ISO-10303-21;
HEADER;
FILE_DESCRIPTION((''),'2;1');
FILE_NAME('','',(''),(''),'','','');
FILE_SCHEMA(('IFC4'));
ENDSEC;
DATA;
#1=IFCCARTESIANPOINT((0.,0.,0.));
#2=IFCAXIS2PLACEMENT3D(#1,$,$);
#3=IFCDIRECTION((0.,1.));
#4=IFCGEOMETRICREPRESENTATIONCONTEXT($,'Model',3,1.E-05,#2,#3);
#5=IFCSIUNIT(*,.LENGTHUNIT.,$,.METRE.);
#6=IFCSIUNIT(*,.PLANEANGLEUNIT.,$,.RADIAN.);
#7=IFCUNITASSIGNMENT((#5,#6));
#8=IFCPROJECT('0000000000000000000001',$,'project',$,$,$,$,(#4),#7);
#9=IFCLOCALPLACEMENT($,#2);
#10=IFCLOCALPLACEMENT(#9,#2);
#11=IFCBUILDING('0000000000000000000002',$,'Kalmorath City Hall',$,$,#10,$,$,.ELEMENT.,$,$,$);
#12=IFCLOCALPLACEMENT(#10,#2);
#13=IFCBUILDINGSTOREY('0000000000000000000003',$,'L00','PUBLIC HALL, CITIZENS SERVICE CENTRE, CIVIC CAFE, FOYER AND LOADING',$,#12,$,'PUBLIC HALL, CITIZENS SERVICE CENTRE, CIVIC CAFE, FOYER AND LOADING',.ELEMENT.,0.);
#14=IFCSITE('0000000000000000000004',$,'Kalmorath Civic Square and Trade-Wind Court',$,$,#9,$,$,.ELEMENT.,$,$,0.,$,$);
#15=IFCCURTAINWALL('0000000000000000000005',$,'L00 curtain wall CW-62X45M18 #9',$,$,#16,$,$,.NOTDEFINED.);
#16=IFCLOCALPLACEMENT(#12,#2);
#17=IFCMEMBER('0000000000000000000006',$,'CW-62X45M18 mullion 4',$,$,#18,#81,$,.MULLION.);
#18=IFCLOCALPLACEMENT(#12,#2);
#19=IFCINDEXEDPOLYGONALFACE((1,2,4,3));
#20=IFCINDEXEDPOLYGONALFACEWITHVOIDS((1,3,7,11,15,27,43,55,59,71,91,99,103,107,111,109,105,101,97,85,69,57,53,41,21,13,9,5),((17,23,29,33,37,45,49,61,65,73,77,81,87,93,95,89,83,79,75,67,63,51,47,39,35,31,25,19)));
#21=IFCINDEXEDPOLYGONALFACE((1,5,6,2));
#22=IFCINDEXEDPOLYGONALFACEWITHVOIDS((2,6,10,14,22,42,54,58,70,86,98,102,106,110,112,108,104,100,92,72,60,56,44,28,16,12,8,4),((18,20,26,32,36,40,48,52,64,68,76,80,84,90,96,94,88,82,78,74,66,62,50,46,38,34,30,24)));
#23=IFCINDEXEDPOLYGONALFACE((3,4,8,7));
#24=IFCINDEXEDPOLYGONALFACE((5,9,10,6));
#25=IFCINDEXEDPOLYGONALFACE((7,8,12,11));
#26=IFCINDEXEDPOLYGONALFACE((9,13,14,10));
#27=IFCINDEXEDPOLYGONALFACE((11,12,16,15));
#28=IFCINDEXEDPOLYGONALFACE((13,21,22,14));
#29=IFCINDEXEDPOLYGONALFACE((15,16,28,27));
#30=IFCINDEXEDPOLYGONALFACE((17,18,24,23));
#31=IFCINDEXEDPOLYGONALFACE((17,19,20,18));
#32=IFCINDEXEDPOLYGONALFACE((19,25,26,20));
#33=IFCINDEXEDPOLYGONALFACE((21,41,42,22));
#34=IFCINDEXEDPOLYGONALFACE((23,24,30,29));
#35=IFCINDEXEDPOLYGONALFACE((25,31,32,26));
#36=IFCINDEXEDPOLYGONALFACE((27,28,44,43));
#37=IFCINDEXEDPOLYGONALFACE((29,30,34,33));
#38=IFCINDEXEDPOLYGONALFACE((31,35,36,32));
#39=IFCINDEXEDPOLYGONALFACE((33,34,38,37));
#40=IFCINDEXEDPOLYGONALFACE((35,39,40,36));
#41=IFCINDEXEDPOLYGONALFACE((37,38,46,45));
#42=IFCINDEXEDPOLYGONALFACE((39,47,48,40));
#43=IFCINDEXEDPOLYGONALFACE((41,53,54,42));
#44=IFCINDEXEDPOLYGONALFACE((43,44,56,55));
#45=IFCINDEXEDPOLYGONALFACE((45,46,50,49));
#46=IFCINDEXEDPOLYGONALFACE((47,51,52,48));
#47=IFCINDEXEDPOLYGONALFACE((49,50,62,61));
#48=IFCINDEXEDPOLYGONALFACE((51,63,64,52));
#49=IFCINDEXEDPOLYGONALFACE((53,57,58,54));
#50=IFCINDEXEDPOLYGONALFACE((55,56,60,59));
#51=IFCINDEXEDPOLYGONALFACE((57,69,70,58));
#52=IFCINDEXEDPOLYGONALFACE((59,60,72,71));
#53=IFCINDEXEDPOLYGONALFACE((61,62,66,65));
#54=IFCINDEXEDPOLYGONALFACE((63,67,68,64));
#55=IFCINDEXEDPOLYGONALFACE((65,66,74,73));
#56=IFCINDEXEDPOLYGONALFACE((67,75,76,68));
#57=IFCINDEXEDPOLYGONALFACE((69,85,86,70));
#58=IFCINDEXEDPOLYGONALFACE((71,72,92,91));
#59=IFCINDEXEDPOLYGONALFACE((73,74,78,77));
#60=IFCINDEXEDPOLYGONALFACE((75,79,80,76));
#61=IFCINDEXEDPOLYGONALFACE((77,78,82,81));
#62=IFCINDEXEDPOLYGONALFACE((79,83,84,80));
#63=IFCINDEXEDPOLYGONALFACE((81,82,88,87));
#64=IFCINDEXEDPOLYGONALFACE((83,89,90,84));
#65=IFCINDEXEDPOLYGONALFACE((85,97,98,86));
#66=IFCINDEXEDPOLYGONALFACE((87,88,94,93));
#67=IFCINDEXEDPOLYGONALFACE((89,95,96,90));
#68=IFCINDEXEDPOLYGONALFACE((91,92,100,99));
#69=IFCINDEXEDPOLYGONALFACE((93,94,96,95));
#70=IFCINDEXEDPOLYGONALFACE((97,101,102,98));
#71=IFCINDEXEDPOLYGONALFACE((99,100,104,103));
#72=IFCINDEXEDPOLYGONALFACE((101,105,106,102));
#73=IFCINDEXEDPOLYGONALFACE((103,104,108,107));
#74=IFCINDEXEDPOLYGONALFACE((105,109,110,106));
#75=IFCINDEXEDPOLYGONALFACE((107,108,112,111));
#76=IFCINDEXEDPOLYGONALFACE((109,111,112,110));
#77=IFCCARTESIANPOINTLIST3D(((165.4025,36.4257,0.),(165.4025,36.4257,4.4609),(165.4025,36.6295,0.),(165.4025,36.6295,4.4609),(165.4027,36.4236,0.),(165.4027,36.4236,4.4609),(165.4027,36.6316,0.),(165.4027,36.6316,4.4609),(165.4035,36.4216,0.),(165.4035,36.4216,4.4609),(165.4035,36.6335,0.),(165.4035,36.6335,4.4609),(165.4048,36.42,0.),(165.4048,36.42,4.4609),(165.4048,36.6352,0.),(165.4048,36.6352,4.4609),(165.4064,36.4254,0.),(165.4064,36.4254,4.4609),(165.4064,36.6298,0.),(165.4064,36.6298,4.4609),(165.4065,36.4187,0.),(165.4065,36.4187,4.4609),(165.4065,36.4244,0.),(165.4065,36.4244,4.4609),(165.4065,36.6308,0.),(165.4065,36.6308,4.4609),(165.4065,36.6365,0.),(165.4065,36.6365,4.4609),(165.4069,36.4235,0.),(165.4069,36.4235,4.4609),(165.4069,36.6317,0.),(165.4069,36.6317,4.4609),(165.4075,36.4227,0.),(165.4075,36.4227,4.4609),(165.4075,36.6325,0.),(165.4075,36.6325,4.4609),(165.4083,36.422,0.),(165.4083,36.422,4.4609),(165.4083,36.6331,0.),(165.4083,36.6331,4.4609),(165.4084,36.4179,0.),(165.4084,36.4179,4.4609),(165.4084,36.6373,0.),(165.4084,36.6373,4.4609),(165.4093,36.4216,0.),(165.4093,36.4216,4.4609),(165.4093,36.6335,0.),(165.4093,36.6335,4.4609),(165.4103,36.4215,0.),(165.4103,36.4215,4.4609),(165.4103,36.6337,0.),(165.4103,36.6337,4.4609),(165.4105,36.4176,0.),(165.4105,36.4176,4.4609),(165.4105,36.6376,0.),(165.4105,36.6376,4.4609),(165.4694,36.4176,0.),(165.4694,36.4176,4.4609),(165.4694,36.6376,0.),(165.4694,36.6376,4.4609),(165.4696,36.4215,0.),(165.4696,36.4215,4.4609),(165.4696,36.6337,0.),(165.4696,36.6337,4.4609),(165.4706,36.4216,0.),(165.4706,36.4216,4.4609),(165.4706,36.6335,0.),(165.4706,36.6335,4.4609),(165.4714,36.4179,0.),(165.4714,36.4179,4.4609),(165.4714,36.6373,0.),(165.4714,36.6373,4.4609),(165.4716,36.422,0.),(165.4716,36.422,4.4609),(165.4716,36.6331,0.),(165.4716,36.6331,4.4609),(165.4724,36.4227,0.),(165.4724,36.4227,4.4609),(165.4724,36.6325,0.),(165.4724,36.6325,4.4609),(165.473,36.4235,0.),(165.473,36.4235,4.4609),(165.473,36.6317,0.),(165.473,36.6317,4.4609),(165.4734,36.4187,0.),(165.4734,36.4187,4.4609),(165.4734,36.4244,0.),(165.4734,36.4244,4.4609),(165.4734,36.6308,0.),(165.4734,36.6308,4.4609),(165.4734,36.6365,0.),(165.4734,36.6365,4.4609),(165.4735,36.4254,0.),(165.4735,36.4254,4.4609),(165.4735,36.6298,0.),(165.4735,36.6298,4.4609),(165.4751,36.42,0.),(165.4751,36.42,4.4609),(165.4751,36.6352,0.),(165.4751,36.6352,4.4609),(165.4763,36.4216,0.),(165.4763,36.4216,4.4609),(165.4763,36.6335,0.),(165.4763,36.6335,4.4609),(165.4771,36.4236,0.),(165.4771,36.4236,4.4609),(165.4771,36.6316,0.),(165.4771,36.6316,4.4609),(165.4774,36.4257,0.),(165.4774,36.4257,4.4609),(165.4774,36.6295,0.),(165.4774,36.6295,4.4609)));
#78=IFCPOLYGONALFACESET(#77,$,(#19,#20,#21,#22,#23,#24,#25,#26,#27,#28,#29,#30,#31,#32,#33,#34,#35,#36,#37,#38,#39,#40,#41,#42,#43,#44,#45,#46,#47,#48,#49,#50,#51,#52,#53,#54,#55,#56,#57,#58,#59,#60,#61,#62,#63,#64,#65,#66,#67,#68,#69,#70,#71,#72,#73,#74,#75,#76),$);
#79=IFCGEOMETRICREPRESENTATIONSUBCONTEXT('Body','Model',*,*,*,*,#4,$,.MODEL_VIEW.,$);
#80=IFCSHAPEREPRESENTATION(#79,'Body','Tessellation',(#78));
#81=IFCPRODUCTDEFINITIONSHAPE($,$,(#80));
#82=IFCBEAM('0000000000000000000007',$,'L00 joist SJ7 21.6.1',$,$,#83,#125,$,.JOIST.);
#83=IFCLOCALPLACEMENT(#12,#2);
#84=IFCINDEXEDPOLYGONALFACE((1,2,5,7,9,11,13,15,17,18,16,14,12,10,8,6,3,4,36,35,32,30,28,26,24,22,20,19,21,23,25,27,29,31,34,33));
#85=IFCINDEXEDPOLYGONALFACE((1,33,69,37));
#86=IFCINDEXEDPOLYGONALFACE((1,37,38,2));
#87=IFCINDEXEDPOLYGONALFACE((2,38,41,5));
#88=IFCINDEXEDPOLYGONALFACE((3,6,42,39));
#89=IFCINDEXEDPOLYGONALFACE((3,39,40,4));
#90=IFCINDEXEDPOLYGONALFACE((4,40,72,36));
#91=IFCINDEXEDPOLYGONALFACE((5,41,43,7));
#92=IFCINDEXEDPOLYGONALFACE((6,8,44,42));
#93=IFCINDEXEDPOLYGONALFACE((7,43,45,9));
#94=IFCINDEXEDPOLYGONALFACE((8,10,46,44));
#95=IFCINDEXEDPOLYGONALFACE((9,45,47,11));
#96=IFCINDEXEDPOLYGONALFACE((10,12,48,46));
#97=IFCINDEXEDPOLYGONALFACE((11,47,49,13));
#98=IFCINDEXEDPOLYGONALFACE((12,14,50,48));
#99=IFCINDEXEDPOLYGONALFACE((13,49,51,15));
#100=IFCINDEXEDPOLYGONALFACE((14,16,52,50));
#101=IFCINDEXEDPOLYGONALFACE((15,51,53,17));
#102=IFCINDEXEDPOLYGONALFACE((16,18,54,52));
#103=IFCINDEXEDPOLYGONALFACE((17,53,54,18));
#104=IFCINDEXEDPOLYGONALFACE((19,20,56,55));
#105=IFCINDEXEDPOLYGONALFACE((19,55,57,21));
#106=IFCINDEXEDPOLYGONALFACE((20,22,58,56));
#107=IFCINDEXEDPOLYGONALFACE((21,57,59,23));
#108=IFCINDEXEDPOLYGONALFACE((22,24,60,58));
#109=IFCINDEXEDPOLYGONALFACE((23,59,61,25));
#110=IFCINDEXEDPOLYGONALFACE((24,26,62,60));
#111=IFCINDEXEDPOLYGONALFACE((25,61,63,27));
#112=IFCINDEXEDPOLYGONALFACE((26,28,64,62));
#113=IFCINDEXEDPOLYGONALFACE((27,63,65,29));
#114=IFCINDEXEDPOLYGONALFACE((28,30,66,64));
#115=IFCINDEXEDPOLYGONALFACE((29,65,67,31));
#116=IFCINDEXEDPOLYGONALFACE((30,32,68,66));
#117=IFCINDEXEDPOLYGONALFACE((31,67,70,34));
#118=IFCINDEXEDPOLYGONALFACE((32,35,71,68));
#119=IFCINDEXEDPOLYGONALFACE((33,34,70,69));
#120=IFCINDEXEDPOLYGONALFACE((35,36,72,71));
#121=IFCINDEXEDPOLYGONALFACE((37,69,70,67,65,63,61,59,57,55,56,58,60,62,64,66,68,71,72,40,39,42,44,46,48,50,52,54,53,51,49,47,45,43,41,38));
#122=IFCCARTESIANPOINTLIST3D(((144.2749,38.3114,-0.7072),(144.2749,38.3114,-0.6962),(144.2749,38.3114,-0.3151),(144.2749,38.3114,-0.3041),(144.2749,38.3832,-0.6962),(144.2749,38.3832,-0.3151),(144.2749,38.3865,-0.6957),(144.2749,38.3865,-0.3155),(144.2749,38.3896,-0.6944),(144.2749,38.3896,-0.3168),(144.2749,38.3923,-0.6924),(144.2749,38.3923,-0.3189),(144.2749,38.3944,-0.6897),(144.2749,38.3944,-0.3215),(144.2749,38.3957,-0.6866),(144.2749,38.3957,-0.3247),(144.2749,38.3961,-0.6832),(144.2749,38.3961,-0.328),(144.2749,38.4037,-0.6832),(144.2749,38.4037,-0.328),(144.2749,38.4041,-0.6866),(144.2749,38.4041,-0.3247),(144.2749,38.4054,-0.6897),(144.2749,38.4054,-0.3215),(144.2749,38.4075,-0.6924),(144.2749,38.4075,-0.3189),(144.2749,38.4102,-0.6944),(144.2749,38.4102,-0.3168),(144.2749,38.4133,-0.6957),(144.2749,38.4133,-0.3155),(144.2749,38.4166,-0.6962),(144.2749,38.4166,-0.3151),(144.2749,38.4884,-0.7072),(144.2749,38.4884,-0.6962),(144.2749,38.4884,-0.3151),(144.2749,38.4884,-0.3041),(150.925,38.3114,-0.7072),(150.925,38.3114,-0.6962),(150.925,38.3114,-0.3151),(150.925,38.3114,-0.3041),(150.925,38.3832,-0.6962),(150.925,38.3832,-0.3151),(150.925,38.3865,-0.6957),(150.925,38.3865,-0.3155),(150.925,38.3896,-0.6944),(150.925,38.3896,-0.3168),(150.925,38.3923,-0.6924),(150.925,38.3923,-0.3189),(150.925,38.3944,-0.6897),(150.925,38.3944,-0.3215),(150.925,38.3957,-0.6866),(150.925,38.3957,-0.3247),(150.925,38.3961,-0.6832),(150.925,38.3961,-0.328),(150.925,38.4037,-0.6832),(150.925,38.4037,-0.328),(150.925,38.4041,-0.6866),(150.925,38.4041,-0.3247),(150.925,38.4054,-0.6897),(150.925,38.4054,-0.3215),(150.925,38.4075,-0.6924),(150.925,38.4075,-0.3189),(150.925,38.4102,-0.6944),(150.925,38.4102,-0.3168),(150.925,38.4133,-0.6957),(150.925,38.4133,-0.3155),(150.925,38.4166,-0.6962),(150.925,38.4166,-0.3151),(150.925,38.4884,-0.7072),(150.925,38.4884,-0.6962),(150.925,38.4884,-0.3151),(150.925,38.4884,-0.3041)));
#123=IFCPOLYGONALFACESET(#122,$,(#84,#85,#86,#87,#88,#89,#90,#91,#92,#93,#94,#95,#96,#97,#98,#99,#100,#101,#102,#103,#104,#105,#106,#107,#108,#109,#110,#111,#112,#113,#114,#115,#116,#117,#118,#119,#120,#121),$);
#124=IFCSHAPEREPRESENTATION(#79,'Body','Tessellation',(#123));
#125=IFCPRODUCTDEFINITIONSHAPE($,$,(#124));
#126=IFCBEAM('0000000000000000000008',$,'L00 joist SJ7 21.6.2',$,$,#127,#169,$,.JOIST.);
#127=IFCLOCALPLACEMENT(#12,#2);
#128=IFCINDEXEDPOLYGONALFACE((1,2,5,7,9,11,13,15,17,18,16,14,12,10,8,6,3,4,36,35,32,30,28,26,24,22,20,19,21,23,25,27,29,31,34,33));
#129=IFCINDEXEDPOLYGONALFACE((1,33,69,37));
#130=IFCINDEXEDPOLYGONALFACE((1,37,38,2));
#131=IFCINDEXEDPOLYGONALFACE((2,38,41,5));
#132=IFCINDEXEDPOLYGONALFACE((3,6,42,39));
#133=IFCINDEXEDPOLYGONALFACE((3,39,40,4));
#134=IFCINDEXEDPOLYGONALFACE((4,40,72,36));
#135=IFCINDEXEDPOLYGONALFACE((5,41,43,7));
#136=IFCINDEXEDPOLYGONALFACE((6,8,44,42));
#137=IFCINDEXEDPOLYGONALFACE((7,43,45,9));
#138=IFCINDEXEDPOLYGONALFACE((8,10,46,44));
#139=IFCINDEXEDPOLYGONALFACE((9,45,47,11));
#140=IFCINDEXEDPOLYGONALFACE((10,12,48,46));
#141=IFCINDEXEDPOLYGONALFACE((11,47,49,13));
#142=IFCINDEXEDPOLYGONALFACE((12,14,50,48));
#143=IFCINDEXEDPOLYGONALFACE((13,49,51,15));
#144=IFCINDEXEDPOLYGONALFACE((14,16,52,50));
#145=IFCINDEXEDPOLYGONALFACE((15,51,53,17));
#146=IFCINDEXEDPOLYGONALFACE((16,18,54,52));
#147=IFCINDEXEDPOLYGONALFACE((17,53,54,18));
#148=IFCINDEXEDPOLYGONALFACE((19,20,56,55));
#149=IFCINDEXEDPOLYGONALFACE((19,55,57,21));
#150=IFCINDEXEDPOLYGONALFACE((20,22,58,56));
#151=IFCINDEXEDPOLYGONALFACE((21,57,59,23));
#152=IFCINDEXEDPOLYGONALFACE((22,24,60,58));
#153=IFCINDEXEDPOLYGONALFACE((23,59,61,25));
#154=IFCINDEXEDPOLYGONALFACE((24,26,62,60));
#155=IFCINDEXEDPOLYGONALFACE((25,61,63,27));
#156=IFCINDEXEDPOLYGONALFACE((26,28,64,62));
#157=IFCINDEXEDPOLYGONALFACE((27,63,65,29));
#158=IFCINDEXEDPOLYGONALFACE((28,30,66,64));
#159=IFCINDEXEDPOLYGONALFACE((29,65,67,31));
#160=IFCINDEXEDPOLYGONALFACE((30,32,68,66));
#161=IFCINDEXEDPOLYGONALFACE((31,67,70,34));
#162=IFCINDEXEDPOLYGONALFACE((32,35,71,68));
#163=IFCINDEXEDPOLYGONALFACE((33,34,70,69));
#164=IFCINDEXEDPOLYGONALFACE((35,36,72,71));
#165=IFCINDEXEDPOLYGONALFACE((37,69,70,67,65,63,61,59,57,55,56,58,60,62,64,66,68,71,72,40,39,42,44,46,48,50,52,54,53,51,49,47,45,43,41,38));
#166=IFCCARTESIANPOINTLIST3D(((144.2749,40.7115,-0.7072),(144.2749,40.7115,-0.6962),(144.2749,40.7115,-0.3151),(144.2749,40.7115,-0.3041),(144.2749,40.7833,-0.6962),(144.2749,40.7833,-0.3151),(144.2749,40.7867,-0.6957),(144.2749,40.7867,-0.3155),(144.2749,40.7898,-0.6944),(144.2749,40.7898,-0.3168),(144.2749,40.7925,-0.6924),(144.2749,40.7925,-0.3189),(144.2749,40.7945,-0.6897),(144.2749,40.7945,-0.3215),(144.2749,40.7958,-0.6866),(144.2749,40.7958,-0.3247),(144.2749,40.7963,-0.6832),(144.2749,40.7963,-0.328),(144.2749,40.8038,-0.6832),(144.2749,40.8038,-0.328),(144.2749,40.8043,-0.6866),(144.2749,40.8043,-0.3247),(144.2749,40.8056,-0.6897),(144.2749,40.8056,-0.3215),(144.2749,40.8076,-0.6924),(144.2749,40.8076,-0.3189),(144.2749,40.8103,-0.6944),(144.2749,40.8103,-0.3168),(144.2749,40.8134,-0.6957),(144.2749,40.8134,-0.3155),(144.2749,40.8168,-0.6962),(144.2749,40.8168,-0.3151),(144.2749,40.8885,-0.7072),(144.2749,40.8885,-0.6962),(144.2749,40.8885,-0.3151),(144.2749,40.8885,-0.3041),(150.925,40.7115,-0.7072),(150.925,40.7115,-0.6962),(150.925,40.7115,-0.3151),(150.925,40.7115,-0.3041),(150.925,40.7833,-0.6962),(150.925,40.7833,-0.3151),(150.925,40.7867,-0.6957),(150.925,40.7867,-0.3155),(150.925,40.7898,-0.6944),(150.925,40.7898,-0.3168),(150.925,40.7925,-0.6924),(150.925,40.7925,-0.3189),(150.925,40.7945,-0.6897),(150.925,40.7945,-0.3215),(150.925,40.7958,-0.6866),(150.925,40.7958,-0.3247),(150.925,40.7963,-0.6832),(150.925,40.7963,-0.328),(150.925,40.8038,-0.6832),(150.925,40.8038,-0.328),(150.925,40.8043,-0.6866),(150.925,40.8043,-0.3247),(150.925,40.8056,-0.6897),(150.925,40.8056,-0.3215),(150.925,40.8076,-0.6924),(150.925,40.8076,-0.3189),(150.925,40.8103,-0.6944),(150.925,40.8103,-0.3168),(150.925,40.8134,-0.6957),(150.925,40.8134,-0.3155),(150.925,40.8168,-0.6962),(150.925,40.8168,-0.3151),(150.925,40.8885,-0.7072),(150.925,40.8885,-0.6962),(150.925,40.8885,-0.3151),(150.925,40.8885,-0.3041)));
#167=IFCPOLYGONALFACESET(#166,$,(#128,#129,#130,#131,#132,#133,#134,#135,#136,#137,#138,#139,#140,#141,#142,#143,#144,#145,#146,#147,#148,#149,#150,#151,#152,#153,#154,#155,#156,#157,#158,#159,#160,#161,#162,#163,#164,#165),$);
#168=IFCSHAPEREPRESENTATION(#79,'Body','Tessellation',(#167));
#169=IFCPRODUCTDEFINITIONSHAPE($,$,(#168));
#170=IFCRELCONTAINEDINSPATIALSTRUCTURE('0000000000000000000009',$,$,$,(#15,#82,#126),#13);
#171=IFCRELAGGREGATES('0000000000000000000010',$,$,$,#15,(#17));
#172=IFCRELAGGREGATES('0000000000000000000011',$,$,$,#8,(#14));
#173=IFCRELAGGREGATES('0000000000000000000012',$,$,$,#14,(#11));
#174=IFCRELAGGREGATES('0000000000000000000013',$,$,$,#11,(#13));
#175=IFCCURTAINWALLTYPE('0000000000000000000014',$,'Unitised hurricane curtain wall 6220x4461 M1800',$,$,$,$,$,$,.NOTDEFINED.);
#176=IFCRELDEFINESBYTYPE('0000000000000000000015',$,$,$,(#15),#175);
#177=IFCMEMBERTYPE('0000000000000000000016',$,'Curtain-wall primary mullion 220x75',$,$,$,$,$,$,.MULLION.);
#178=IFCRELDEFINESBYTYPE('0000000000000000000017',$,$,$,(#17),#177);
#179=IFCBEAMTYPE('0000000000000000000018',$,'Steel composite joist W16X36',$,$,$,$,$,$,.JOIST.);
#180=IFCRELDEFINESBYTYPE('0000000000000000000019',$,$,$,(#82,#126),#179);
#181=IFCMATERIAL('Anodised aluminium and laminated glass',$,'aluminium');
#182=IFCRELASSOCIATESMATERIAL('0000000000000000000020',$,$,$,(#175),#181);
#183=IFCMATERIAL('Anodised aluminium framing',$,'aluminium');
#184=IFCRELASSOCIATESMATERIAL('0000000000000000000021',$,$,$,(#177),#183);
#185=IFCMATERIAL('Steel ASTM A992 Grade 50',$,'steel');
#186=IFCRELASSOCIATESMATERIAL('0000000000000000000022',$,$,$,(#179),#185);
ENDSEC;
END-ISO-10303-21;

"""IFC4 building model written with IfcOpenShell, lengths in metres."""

from ifc_helpers import new_model, si_unit, direction, frame, origin, origin_2d, place, context, subcontext, project, spatial, hollow_rectangle, i_section, extrude, material, material_profile, profile_set, type_object, element, aggregate, save


model = new_model("IFC4")

# Units and contexts
model_context = context("Model", 3, precision=1e-05, world=origin(), true_north=direction((0.0, 1.0)))
body_context = subcontext(model_context, "Body", "Model", "MODEL_VIEW")
ifc_project = project(units=[si_unit("LENGTHUNIT", "METRE"), si_unit("PLANEANGLEUNIT", "RADIAN")], contexts=[model_context])

# Site, building, storey
site_placement = place(None, origin())
site = spatial("IfcSite", under=ifc_project, at=site_placement, Name="Kalmorath Civic Square and Trade-Wind Court", CompositionType="ELEMENT", RefElevation=0.0)
building_placement = place(site_placement, origin())
building = spatial("IfcBuilding", under=site, at=building_placement, Name="Kalmorath City Hall", CompositionType="ELEMENT")
storey_placement = place(building_placement, origin())
storey = spatial("IfcBuildingStorey", under=building, at=storey_placement, Name="L00", Description="PUBLIC HALL, CITIZENS SERVICE CENTRE, CIVIC CAFE, FOYER AND LOADING", LongName="PUBLIC HALL, CITIZENS SERVICE CENTRE, CIVIC CAFE, FOYER AND LOADING", CompositionType="ELEMENT", Elevation=0.0)

# Curtain wall, member
ifc_material_1 = material(Name="Anodised aluminium and laminated glass", Category="aluminium")
curtain_wall_type = type_object("IfcCurtainWallType", Name="Unitised hurricane curtain wall 6220x4461 M1800", PredefinedType="NOTDEFINED", material=ifc_material_1)
curtain_wall_placement = place(storey_placement, origin())
curtain_wall = element("IfcCurtainWall", 1, at=curtain_wall_placement, inside=storey, type_object=curtain_wall_type, Name="L00 curtain wall CW-62X45M18 #9", PredefinedType="NOTDEFINED")
ifc_material_2 = material(Name="Anodised aluminium framing", Category="aluminium")
ifc_material_profile_1 = material_profile(ifc_material_2, hollow_rectangle(XDim=0.075, YDim=0.22, WallThickness=0.0039, InnerFilletRadius=0.0039, OuterFilletRadius=0.0081, at=origin_2d()), Name="ALU-MUL-220X75X4")
ifc_profile_set_1 = profile_set([ifc_material_profile_1], Name="Anodised aluminium framing")
member_type = type_object("IfcMemberType", Name="Curtain-wall primary mullion 220x75", PredefinedType="MULLION", material=ifc_profile_set_1)
member_placement = place(storey_placement, frame((165.4399, 36.5276, 0.0), z_axis=(0.0, 0.0, 1.0), x_axis=(1.0, 0.0, 0.0)))
member = element("IfcMember", 2, at=member_placement, type_object=member_type, Name="CW-62X45M18 mullion 4", PredefinedType="MULLION", context=body_context, shape_type="SweptSolid", body=[
    extrude(hollow_rectangle(XDim=0.075, YDim=0.22, WallThickness=0.0039, InnerFilletRadius=0.0039, OuterFilletRadius=0.0081, at=origin_2d()), origin(), (0.0, 0.0, 1.0), 4.4609),
])

# Beams
ifc_material_3 = material(Name="Steel ASTM A992 Grade 50", Category="steel")
ifc_material_profile_2 = material_profile(ifc_material_3, i_section(OverallWidth=0.177, OverallDepth=0.4031, WebThickness=0.0076, FlangeThickness=0.011, FilletRadius=0.0129, at=origin_2d()), Name="W16X36")
ifc_profile_set_2 = profile_set([ifc_material_profile_2], Name="Steel ASTM A992 Grade 50")
beam_type_1 = type_object("IfcBeamType", Name="Steel composite joist W16X36", PredefinedType="JOIST", material=ifc_profile_set_2)
for number, where, z_axis, x_axis, name in (
    (3, (144.2749, 38.3999, -0.5056), (1.0, 0.0, 0.0), (0.0, 1.0, 0.0), "L00 joist SJ7 21.6.1"),
    (4, (144.2749, 40.8, -0.5056), (1.0, 0.0, 0.0), (0.0, 1.0, 0.0), "L00 joist SJ7 21.6.2"),
):
    element("IfcBeam", number, at=place(storey_placement, frame(where, z_axis=z_axis, x_axis=x_axis)), inside=storey, type_object=beam_type_1, Name=name, PredefinedType="JOIST", context=body_context, shape_type="SweptSolid", body=[
        extrude(i_section(OverallWidth=0.177, OverallDepth=0.4031, WebThickness=0.0076, FlangeThickness=0.011, FilletRadius=0.0129, at=origin_2d()), origin(), (0.0, 0.0, 1.0), 6.6501),
    ])

aggregate(curtain_wall, [member])

save(model, "model.ifc")
